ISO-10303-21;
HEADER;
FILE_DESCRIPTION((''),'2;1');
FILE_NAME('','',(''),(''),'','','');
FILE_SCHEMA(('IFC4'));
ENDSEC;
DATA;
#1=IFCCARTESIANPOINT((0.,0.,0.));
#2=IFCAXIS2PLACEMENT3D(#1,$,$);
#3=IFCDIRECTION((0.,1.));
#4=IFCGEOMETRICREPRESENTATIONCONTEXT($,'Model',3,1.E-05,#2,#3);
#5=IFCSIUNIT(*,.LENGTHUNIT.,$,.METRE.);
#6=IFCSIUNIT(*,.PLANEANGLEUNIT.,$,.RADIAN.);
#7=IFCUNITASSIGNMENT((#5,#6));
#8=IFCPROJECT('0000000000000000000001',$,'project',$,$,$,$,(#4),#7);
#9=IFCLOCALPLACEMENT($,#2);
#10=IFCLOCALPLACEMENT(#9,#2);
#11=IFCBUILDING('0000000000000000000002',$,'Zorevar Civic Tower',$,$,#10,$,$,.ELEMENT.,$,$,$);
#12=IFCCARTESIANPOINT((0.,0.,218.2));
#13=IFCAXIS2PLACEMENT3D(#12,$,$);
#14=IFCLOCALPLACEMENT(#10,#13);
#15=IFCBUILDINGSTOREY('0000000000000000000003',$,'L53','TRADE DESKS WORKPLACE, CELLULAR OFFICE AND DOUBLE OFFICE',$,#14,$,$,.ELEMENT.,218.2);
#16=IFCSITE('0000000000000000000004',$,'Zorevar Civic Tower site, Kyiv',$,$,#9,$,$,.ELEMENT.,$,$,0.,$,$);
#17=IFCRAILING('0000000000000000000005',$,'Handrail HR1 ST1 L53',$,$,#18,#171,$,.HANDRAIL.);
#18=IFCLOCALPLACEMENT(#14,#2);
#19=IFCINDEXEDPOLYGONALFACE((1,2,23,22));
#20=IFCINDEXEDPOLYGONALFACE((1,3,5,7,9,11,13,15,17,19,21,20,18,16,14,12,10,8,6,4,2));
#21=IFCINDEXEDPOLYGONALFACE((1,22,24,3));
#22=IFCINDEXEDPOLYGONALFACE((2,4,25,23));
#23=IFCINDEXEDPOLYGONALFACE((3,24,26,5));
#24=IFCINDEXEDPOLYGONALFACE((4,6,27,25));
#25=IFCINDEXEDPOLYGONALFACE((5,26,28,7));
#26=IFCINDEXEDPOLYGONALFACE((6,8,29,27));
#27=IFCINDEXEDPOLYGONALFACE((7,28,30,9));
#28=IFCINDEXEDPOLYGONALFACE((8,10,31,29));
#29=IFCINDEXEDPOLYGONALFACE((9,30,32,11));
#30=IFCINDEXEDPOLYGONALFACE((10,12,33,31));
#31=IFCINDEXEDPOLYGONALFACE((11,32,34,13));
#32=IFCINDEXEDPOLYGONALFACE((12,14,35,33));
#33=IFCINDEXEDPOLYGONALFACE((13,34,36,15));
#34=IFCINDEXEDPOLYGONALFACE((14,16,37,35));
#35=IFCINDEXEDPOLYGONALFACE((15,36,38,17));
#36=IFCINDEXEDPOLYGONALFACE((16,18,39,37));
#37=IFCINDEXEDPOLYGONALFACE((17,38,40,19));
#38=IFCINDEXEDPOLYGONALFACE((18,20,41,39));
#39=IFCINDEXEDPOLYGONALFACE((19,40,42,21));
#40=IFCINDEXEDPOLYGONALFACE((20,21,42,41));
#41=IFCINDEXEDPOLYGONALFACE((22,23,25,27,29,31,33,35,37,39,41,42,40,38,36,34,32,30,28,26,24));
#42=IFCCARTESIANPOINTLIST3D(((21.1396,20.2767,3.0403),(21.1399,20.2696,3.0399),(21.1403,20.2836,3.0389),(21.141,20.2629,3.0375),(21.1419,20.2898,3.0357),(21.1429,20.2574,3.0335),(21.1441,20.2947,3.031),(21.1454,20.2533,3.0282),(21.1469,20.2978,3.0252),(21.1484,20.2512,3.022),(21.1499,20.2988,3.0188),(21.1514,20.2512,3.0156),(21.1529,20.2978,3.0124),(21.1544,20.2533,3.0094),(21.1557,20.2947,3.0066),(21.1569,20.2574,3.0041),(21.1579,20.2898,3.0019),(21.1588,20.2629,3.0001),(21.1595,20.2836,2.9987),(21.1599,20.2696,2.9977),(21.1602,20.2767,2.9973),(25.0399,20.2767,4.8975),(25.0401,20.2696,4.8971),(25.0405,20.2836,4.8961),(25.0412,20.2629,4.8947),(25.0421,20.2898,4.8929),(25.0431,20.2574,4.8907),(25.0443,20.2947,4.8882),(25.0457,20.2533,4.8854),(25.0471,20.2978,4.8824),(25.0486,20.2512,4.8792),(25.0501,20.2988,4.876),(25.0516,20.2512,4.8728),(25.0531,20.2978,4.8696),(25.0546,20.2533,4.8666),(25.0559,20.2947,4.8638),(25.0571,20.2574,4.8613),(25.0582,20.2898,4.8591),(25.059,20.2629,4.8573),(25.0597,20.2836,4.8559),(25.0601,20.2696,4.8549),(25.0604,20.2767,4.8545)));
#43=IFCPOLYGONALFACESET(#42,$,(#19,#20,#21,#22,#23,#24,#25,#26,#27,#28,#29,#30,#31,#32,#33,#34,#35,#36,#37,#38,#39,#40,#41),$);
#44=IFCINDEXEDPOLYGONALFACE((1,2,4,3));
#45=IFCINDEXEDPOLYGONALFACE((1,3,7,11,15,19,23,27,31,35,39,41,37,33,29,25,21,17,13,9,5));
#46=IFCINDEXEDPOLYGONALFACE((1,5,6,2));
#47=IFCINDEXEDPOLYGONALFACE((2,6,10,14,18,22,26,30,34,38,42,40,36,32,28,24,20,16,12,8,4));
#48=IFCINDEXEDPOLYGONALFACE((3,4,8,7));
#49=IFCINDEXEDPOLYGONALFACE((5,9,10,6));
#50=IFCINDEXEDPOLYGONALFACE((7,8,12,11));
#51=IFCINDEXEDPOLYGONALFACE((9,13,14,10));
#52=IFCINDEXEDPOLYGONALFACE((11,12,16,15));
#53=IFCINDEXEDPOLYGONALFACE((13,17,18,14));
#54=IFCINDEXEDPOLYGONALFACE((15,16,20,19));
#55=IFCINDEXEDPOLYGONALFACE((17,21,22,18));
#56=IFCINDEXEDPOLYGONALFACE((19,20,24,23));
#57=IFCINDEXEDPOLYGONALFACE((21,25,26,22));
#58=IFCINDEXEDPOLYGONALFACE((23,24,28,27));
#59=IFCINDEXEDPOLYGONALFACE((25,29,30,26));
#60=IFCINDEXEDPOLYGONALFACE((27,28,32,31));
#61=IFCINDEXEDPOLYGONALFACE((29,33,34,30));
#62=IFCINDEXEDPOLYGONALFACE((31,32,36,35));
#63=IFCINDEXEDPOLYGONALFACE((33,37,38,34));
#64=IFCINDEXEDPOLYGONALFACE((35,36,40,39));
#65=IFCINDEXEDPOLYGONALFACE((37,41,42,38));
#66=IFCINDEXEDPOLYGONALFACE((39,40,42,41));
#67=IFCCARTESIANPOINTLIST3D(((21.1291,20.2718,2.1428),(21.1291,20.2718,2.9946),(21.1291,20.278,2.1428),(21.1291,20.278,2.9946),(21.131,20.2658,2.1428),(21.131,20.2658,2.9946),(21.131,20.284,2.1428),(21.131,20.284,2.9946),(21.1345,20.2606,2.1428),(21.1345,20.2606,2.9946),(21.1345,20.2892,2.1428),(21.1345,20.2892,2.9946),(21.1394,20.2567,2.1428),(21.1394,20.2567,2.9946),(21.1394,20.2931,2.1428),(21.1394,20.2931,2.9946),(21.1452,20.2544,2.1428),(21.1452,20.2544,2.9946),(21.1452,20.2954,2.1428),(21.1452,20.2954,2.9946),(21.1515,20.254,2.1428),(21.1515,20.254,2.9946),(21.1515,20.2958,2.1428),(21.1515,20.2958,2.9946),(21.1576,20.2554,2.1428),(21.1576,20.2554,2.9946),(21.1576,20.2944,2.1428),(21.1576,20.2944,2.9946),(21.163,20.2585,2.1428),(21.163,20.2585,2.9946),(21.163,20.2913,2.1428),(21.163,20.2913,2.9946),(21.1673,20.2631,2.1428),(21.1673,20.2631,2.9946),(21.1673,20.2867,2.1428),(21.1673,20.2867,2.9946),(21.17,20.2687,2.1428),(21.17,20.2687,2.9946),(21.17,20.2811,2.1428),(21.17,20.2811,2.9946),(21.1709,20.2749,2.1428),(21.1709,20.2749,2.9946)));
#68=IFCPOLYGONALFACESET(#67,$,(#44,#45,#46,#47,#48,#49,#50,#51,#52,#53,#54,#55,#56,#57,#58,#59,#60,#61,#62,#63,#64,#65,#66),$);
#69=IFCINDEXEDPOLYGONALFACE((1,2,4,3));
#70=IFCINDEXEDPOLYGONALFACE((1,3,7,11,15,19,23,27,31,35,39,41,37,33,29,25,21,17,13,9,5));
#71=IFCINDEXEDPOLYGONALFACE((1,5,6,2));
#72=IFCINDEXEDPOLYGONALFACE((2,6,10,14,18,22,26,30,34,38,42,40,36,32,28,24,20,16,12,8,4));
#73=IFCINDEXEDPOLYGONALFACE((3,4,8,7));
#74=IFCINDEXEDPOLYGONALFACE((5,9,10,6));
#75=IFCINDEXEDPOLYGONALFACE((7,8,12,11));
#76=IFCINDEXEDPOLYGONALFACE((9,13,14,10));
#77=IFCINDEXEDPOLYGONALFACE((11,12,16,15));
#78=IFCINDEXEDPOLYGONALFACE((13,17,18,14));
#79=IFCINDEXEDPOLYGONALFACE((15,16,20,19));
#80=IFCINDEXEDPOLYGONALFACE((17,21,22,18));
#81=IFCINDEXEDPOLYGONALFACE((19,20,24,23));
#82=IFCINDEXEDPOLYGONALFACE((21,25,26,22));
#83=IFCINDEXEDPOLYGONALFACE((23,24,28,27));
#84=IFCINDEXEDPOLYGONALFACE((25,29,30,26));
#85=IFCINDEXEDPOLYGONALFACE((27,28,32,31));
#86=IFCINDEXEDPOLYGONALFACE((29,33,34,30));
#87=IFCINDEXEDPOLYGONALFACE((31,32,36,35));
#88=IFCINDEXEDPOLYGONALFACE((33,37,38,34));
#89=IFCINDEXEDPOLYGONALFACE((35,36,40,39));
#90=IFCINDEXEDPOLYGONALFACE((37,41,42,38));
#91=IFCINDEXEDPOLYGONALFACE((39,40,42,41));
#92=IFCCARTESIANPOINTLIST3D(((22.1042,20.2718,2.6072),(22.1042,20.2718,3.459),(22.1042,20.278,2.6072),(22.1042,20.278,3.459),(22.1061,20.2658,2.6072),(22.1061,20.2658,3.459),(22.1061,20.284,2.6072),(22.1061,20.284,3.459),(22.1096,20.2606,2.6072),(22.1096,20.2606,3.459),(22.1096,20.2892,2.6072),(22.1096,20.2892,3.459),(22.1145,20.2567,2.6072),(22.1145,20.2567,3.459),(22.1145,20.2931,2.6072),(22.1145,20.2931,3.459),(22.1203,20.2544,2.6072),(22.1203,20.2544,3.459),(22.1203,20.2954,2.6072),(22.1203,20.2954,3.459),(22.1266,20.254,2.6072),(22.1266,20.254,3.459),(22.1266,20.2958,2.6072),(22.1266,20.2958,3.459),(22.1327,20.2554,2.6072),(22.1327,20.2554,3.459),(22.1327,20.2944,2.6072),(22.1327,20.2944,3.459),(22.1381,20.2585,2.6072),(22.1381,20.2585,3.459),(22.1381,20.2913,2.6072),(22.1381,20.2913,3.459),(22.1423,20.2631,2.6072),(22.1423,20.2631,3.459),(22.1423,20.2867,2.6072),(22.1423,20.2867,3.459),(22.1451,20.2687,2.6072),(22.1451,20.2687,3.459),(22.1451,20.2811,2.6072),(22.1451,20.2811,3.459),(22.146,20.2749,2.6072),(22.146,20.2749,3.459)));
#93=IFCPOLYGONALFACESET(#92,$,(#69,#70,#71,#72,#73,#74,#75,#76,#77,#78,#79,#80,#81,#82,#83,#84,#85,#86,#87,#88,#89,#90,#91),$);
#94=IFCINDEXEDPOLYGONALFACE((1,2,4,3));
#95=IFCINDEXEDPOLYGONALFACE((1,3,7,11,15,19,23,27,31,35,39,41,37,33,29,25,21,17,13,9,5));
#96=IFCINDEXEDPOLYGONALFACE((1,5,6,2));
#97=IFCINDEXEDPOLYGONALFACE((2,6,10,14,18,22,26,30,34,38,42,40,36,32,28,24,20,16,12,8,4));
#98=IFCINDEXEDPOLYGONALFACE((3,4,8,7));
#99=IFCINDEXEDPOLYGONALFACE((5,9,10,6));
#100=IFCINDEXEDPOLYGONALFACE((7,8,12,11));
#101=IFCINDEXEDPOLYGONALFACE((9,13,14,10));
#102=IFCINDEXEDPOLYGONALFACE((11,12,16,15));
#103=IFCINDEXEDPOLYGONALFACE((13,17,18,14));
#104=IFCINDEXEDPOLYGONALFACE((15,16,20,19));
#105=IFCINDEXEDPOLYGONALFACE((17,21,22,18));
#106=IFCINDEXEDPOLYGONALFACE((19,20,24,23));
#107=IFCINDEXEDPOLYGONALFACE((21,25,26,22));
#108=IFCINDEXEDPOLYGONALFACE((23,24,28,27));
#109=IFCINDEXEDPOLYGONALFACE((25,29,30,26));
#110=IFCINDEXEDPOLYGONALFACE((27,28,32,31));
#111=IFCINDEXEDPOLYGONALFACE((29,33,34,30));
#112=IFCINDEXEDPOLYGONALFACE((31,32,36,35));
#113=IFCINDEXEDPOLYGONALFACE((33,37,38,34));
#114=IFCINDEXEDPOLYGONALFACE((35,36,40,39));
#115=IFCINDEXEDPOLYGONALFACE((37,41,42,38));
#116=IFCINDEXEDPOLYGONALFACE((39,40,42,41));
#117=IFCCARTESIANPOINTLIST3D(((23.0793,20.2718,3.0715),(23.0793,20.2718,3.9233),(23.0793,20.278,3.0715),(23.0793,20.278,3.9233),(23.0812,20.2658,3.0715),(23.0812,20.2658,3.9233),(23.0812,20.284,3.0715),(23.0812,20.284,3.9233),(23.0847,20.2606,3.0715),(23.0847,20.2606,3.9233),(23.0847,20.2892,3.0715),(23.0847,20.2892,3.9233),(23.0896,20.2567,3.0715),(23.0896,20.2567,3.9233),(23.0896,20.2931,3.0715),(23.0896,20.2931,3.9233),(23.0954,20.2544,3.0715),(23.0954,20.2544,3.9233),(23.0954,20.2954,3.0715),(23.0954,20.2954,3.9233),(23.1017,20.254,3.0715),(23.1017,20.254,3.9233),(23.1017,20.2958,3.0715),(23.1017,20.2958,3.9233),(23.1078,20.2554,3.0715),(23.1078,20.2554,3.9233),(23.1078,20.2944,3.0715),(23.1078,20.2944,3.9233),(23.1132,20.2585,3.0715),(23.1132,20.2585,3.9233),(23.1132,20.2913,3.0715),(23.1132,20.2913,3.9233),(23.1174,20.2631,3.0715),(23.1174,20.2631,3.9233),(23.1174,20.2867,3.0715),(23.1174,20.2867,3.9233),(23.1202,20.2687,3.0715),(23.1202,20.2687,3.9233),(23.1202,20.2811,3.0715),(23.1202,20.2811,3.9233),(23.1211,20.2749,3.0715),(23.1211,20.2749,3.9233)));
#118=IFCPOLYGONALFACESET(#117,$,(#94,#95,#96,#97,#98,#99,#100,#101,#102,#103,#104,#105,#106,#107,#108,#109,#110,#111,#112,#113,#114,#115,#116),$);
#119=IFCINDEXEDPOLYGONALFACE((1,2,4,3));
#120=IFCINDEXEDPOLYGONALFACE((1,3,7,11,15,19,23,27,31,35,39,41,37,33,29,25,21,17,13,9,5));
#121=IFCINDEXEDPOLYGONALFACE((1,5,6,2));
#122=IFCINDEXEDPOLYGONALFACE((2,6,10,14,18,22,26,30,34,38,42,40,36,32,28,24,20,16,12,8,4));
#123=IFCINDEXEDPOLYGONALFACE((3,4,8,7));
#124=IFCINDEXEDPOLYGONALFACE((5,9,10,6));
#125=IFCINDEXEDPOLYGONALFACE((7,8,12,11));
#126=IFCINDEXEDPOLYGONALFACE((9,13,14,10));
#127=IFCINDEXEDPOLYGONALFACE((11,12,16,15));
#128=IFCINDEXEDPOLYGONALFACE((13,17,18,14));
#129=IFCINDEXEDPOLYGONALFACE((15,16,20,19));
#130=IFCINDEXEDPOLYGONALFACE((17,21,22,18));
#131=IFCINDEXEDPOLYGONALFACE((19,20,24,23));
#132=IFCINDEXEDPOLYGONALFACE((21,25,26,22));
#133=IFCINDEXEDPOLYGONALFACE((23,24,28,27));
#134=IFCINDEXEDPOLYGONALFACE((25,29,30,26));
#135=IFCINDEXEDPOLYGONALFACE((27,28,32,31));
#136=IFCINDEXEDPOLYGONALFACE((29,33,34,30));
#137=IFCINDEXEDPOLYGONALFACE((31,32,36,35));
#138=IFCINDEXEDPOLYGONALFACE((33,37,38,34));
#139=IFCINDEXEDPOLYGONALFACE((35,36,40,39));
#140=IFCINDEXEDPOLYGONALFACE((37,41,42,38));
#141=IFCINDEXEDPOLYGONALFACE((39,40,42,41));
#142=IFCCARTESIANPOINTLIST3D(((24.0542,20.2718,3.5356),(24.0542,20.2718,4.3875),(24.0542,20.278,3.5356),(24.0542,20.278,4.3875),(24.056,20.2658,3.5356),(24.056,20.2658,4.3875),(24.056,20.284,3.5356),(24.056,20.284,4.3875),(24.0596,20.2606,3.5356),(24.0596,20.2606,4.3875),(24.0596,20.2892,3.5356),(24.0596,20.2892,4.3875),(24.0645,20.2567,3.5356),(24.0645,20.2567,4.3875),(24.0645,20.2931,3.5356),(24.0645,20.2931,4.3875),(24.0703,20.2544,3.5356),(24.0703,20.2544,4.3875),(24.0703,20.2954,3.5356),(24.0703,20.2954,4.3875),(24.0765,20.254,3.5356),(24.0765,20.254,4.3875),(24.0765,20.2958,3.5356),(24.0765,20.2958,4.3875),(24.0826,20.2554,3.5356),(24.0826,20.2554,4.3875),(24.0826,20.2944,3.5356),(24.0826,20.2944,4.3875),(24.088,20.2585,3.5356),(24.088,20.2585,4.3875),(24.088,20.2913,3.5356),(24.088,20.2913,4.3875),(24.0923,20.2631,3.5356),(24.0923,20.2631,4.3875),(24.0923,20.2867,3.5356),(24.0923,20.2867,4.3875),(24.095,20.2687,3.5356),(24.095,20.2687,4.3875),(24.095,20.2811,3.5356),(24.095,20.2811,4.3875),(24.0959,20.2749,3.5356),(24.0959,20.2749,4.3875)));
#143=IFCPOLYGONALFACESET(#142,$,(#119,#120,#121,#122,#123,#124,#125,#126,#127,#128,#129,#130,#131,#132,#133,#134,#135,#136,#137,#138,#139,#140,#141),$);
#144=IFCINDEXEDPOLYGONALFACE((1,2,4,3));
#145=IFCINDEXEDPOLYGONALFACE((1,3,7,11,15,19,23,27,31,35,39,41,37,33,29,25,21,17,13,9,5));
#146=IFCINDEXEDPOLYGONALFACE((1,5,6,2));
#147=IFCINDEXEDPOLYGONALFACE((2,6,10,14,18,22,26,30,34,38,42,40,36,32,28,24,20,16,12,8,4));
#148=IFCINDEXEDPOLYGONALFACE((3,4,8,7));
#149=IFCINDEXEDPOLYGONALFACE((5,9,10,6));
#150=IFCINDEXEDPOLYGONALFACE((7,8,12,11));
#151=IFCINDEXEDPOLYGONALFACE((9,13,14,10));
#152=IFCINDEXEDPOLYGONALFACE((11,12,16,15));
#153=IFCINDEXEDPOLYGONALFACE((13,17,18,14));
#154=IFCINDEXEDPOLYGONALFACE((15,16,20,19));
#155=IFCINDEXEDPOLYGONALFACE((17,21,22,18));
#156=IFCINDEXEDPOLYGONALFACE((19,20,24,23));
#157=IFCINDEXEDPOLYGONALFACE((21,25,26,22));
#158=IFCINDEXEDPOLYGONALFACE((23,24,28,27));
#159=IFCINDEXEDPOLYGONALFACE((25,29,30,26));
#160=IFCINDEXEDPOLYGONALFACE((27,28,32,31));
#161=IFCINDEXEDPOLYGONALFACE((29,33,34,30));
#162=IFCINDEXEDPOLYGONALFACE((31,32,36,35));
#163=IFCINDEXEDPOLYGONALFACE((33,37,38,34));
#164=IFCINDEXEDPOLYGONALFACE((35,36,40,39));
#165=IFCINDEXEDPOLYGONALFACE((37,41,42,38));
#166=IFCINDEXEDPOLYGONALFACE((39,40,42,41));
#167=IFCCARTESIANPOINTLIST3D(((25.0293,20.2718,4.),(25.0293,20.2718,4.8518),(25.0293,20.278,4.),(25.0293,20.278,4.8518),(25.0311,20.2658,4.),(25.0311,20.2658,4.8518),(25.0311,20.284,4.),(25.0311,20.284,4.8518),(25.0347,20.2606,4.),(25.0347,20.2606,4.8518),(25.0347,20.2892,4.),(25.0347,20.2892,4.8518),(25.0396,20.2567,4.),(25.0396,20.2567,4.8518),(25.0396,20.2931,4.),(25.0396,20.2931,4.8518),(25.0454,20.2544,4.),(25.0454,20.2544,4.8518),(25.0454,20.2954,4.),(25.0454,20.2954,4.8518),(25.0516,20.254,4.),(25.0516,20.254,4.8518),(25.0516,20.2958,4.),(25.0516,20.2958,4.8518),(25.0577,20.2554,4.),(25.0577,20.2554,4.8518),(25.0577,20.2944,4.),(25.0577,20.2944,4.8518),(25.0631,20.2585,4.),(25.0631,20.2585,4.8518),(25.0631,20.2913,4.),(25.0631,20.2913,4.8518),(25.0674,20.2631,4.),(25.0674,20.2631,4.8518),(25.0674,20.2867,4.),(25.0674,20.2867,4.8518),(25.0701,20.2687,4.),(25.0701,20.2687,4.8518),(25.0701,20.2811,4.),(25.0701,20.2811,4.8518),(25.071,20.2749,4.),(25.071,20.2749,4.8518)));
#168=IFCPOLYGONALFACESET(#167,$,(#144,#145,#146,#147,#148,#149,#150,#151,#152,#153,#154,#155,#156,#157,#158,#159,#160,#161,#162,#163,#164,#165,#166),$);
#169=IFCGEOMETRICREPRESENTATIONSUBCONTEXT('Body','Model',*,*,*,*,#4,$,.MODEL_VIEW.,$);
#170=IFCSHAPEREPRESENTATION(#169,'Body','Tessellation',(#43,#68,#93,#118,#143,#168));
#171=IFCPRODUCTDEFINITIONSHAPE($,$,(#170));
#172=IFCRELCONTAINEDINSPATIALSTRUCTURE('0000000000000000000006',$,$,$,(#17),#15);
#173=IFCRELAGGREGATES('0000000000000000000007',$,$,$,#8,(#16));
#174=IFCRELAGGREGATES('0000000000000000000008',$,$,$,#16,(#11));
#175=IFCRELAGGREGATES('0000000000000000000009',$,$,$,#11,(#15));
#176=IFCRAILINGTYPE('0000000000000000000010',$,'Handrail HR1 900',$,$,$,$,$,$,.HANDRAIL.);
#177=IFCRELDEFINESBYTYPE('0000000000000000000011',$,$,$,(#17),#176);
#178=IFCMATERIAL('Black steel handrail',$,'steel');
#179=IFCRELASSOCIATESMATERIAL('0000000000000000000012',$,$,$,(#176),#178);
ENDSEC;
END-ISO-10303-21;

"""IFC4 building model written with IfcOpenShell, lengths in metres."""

from ifc_helpers import new_model, si_unit, direction, frame, origin, origin_2d, place, context, subcontext, project, spatial, circle, extrude, material, type_object, element, save


model = new_model("IFC4")

# Units and contexts
model_context = context("Model", 3, precision=1e-05, world=origin(), true_north=direction((0.0, 1.0)))
body_context = subcontext(model_context, "Body", "Model", "MODEL_VIEW")
ifc_project = project(units=[si_unit("LENGTHUNIT", "METRE"), si_unit("PLANEANGLEUNIT", "RADIAN")], contexts=[model_context])

# Site, building, storey
site_placement = place(None, origin())
site = spatial("IfcSite", under=ifc_project, at=site_placement, Name="Zorevar Civic Tower site, Kyiv", CompositionType="ELEMENT", RefElevation=0.0)
building_placement = place(site_placement, origin())
building = spatial("IfcBuilding", under=site, at=building_placement, Name="Zorevar Civic Tower", CompositionType="ELEMENT")
storey_placement = place(building_placement, frame((0.0, 0.0, 218.2)))
storey = spatial("IfcBuildingStorey", under=building, at=storey_placement, Name="L53", Description="TRADE DESKS WORKPLACE, CELLULAR OFFICE AND DOUBLE OFFICE", CompositionType="ELEMENT", Elevation=218.2)

# Railing
ifc_material_1 = material(Name="Black steel handrail", Category="steel")
railing_type = type_object("IfcRailingType", Name="Handrail HR1 900", PredefinedType="HANDRAIL", material=ifc_material_1)
for number, where, name in (
    (1, (21.1499, 20.2749, 2.1428), "Handrail HR1 ST1 L53"),
):
    element("IfcRailing", number, at=place(storey_placement, frame(where)), inside=storey, type_object=railing_type, Name=name, PredefinedType="HANDRAIL", context=body_context, shape_type="SweptSolid", body=[
        extrude(circle(Radius=0.0239, at=origin_2d()), frame((0.0, 0.0, 0.876), z_axis=(0.902864, 0.0, 0.429927), x_axis=(0.0, 1.0, 0.0)), (0.0, 0.0, 1.0), 4.3198),
        extrude(circle(Radius=0.021, at=origin_2d()), origin(), (0.0, 0.0, 1.0), 0.8518),
        extrude(circle(Radius=0.021, at=origin_2d()), frame((0.9751, 0.0, 0.4644)), (0.0, 0.0, 1.0), 0.8518),
        extrude(circle(Radius=0.021, at=origin_2d()), frame((1.9502, 0.0, 0.9287)), (0.0, 0.0, 1.0), 0.8518),
        extrude(circle(Radius=0.021, at=origin_2d()), frame((2.925, 0.0, 1.3928)), (0.0, 0.0, 1.0), 0.8518),
        extrude(circle(Radius=0.021, at=origin_2d()), frame((3.9001, 0.0, 1.8572)), (0.0, 0.0, 1.0), 0.8518),
    ])

save(model, "model.ifc")
